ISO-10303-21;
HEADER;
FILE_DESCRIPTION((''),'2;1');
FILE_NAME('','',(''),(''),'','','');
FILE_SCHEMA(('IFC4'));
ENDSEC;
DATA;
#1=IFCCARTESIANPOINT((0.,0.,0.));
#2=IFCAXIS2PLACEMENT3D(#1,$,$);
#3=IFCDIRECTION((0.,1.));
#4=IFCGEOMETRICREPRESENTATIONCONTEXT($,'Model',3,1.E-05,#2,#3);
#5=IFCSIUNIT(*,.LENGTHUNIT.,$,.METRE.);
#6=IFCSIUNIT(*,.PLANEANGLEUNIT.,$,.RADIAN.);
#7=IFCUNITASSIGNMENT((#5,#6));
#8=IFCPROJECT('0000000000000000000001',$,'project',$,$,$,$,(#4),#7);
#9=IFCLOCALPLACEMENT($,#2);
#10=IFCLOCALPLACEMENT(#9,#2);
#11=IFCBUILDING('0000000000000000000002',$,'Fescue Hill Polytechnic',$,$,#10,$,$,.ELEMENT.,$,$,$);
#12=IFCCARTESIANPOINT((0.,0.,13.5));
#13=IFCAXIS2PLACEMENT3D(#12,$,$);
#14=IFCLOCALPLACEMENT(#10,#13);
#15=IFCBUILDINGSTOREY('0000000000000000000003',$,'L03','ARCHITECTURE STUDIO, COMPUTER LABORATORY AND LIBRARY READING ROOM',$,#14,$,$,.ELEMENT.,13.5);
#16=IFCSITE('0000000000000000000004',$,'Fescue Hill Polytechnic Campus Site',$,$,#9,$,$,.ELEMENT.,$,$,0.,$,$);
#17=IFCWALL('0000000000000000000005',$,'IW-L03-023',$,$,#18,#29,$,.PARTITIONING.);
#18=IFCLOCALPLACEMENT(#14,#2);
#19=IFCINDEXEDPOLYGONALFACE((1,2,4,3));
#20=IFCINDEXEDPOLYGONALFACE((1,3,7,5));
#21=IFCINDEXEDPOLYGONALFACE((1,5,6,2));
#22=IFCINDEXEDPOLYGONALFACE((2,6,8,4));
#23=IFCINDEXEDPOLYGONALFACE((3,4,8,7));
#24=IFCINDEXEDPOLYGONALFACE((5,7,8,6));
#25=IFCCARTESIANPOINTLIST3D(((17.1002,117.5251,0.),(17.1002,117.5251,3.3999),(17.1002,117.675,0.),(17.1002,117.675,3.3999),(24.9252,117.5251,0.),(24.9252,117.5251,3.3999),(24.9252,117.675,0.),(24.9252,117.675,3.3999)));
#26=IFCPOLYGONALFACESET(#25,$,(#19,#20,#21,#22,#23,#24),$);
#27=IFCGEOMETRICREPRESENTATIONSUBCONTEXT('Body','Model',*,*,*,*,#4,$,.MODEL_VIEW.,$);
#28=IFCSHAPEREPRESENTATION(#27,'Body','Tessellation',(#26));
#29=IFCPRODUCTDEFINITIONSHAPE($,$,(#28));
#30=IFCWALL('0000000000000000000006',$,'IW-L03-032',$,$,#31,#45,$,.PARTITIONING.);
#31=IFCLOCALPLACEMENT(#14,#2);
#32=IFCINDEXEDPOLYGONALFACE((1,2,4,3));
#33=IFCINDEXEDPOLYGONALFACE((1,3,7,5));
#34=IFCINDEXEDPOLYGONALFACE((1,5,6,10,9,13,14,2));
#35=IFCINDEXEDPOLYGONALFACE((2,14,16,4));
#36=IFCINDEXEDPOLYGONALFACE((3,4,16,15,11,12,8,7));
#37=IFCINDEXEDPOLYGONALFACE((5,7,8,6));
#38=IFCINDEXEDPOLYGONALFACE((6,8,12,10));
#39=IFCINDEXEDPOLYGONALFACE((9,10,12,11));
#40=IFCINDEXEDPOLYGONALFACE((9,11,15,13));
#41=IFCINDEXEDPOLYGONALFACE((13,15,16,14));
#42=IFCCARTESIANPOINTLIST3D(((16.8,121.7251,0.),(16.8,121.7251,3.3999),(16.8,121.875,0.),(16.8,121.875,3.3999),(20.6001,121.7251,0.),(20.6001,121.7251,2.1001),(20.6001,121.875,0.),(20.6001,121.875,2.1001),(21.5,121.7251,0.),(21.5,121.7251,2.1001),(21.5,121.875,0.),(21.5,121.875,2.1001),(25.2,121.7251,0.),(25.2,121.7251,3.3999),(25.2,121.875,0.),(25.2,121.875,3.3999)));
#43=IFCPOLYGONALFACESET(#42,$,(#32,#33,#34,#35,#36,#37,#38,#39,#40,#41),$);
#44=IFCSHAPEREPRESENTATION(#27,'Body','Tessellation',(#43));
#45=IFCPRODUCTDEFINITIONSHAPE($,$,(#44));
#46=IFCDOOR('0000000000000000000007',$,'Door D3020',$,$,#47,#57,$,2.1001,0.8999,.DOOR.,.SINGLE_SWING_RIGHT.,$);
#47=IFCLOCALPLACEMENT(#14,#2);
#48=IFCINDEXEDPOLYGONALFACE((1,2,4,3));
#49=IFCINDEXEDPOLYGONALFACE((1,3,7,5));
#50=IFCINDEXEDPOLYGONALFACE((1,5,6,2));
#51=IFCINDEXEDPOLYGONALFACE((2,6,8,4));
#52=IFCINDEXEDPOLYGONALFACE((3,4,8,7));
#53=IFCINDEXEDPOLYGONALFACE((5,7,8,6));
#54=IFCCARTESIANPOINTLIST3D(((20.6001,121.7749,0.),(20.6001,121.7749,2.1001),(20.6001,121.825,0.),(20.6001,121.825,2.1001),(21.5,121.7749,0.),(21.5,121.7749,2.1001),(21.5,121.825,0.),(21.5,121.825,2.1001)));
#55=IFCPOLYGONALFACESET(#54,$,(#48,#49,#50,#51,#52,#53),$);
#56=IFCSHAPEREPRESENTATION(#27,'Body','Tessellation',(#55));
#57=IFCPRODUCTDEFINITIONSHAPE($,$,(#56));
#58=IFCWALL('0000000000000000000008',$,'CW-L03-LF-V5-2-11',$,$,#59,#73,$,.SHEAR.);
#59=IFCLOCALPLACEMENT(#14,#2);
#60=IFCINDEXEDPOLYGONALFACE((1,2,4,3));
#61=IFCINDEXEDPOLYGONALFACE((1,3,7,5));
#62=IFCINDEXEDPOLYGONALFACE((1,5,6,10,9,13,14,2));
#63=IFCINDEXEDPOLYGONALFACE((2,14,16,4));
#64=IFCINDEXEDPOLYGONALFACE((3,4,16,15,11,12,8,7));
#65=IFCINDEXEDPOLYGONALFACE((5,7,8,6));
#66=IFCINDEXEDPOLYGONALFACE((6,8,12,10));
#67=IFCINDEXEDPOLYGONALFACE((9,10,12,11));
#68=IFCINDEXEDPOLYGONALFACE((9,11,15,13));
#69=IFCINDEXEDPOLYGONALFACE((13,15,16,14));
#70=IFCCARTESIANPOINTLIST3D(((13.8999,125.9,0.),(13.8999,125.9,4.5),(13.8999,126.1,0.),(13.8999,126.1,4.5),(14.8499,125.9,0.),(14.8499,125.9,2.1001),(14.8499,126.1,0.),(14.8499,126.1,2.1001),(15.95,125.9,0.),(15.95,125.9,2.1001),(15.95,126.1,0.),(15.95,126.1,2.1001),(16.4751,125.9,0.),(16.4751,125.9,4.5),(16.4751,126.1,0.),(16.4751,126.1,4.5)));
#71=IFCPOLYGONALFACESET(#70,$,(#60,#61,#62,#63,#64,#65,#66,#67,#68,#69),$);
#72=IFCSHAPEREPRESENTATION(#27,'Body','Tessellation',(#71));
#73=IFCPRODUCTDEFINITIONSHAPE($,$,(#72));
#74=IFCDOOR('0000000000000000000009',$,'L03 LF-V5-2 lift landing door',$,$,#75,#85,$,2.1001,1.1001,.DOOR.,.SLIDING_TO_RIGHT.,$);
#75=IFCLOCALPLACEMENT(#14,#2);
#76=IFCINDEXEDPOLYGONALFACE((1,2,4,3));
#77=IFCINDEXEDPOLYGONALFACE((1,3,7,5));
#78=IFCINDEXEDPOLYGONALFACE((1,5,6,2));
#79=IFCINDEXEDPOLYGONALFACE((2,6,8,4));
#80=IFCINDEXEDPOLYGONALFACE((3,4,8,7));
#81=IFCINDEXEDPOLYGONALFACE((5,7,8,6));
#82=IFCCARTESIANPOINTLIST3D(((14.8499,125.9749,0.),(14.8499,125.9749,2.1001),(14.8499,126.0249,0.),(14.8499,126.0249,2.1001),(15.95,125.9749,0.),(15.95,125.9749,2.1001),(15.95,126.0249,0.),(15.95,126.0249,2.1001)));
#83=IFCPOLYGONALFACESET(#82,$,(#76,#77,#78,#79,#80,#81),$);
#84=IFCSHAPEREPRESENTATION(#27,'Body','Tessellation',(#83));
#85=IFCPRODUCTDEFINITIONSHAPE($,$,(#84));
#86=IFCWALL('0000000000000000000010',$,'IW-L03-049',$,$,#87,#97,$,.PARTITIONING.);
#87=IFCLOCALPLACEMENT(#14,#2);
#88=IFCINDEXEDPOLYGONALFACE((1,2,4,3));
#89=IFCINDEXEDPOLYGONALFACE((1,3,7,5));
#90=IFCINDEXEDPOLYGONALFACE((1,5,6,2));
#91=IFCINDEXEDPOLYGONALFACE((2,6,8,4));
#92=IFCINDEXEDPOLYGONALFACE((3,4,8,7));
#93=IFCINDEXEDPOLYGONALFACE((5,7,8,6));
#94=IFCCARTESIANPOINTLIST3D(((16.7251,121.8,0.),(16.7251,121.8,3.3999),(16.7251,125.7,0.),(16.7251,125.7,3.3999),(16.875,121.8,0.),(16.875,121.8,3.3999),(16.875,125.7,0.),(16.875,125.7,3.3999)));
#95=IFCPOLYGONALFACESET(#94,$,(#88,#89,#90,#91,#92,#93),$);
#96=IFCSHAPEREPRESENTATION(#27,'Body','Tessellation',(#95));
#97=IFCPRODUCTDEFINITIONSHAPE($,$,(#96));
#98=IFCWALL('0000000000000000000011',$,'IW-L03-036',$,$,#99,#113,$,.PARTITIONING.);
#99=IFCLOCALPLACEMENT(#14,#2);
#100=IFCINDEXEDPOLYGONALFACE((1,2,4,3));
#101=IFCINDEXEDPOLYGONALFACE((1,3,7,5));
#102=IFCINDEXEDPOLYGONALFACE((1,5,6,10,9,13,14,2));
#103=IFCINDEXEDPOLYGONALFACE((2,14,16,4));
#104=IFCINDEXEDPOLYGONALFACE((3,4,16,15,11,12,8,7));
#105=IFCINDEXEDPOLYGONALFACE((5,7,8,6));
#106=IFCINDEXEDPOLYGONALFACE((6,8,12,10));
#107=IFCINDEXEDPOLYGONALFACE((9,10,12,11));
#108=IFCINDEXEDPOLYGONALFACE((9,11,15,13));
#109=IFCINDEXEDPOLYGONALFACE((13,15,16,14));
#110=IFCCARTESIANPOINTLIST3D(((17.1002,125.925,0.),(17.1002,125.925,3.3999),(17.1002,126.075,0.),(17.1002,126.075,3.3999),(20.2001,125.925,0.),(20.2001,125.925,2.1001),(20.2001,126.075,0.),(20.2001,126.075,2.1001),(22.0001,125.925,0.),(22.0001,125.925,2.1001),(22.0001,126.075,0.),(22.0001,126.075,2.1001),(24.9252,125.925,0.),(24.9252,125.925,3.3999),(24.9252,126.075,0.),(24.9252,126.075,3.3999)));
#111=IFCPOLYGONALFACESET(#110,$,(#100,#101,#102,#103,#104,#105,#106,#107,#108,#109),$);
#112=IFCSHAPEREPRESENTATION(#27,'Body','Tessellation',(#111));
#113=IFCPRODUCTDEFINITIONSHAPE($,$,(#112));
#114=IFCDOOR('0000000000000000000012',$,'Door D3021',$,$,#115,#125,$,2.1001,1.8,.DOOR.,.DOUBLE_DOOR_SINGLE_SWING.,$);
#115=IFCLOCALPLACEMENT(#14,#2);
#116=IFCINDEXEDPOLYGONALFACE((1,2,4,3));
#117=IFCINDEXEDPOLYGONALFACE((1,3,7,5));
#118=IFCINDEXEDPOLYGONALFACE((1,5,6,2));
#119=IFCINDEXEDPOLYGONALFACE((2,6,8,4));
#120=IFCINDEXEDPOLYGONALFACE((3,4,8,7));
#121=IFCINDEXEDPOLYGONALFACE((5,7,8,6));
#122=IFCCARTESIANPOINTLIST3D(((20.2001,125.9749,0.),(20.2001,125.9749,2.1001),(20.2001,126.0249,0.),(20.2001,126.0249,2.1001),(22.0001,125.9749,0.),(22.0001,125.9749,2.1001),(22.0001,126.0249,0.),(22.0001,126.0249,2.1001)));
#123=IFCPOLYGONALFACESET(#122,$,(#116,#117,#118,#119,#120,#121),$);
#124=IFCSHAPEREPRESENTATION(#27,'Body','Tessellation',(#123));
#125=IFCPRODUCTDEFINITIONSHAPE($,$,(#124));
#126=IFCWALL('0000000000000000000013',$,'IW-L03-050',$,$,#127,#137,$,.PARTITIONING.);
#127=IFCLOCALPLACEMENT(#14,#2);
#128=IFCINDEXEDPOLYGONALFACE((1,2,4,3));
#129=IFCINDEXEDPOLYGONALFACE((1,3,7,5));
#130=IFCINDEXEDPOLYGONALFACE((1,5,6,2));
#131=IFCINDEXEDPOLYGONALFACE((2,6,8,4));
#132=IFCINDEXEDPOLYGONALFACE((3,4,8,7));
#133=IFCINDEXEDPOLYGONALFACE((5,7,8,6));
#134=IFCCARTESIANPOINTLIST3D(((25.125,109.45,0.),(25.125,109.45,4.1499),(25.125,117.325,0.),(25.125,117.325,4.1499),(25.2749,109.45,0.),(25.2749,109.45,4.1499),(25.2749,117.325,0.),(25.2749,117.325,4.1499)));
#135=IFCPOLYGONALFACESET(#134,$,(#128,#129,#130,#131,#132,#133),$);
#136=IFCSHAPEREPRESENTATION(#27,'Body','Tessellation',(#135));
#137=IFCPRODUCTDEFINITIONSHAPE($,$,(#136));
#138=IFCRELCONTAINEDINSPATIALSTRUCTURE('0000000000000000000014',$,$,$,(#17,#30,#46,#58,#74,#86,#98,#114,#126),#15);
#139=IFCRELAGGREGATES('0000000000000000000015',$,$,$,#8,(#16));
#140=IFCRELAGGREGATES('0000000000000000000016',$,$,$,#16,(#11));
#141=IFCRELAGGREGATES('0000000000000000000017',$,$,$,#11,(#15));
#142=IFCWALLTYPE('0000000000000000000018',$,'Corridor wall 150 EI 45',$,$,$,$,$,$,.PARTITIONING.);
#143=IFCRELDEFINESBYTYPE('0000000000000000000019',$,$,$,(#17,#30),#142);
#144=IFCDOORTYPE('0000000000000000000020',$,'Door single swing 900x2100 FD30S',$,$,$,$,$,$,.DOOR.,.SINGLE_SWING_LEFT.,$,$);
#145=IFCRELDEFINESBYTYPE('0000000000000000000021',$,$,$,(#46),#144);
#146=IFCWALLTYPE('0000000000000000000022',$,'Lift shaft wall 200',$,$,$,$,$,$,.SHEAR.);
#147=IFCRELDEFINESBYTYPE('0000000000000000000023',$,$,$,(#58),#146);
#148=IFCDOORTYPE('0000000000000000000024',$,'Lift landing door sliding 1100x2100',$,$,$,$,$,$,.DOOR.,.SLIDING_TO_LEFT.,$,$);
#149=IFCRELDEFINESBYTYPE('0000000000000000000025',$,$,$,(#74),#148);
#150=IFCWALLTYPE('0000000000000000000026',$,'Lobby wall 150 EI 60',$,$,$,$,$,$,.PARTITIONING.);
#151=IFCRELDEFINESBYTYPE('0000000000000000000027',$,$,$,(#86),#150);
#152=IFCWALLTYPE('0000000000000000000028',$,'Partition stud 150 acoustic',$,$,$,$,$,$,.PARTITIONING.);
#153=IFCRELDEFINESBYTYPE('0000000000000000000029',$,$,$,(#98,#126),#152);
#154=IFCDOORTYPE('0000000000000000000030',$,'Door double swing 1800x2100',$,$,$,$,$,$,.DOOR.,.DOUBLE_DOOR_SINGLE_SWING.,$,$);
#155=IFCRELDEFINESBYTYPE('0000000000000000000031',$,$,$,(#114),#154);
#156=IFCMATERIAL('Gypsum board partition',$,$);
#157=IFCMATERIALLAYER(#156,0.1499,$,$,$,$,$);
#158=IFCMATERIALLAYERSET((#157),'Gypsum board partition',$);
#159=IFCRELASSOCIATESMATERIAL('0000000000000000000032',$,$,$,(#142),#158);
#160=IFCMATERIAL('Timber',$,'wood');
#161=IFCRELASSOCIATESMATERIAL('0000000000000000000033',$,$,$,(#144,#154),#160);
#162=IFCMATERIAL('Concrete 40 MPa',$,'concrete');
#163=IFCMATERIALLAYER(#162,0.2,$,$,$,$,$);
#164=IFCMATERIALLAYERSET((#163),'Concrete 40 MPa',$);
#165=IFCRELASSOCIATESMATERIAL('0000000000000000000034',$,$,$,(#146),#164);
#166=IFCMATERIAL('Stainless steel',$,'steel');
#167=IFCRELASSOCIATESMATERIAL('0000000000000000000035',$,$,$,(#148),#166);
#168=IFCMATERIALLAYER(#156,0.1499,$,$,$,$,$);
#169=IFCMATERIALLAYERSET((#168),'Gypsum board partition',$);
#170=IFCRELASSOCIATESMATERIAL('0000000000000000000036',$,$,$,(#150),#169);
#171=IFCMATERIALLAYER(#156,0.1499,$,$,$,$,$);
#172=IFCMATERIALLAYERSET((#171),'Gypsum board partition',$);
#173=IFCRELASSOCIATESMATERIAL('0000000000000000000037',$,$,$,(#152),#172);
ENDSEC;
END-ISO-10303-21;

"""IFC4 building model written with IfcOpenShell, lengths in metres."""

from ifc_helpers import new_model, si_unit, direction, frame, frame_2d, origin, place, context, subcontext, project, spatial, rectangle, extrude, material, layer, layer_set, type_object, element, fill, save


model = new_model("IFC4")

# Units and contexts
model_context = context("Model", 3, precision=1e-05, world=origin(), true_north=direction((0.0, 1.0)))
body_context = subcontext(model_context, "Body", "Model", "MODEL_VIEW")
ifc_project = project(units=[si_unit("LENGTHUNIT", "METRE"), si_unit("PLANEANGLEUNIT", "RADIAN")], contexts=[model_context])

# Site, building, storey
site_placement = place(None, origin())
site = spatial("IfcSite", under=ifc_project, at=site_placement, Name="Fescue Hill Polytechnic Campus Site", CompositionType="ELEMENT", RefElevation=0.0)
building_placement = place(site_placement, origin())
building = spatial("IfcBuilding", under=site, at=building_placement, Name="Fescue Hill Polytechnic", CompositionType="ELEMENT")
storey_placement = place(building_placement, frame((0.0, 0.0, 13.5)))
storey = spatial("IfcBuildingStorey", under=building, at=storey_placement, Name="L03", Description="ARCHITECTURE STUDIO, COMPUTER LABORATORY AND LIBRARY READING ROOM", CompositionType="ELEMENT", Elevation=13.5)

# Shared definitions
ifc_material_1 = material(Name="Concrete 40 MPa", Category="concrete")

# Shared definitions
ifc_material_2 = material(Name="Gypsum board partition")
ifc_layer_1 = layer(ifc_material_2, 0.1499)
ifc_layer_set_1 = layer_set([ifc_layer_1], Name="Gypsum board partition")
wall_type_1 = type_object("IfcWallType", Name="Corridor wall 150 EI 45", PredefinedType="PARTITIONING", material=ifc_layer_set_1)
ifc_material_3 = material(Name="Timber", Category="wood")
door_type_1 = type_object("IfcDoorType", Name="Door single swing 900x2100 FD30S", OperationType="SINGLE_SWING_LEFT", PredefinedType="DOOR", material=ifc_material_3)

# Wall
wall_1_placement = place(storey_placement, frame((17.1001, 117.6001, 0.0), z_axis=(0.0, 0.0, 1.0), x_axis=(1.0, 0.0, 0.0)))
element("IfcWall", 1, at=wall_1_placement, inside=storey, type_object=wall_type_1, Name="IW-L03-023", PredefinedType="PARTITIONING", context=body_context, shape_type="SweptSolid", body=[
    extrude(rectangle(XDim=7.825, YDim=0.1499, at=frame_2d((3.9126, 0.0))), origin(), (0.0, 0.0, 1.0), 3.3999),
])

# Walls, openings, doors
wall_2_placement = place(storey_placement, frame((16.8, 121.8, 0.0), z_axis=(0.0, 0.0, 1.0), x_axis=(1.0, 0.0, 0.0)))
wall_2 = element("IfcWall", 2, at=wall_2_placement, inside=storey, type_object=wall_type_1, Name="IW-L03-032", PredefinedType="PARTITIONING", context=body_context, shape_type="SweptSolid", body=[
    extrude(rectangle(XDim=8.3999, YDim=0.1499, at=frame_2d((4.2, 0.0))), origin(), (0.0, 0.0, 1.0), 3.3999),
])
opening_1_placement = place(wall_2_placement, frame((3.8, 0.0, 0.0)))
opening_1 = element("IfcOpeningElement", 3, at=opening_1_placement, cuts=wall_2, PredefinedType="OPENING", context=body_context, shape_type="SweptSolid", body=[
    extrude(rectangle(XDim=0.8999, YDim=2.1001, at=frame_2d((0.45, 1.05))), frame((0.0, 0.085, 0.0), z_axis=(0.0, -1.0, 0.0), x_axis=(1.0, 0.0, 0.0)), (0.0, 0.0, 1.0), 0.1699),
])
door_1_placement = place(opening_1_placement, origin())
door_1 = element("IfcDoor", 4, at=door_1_placement, inside=storey, type_object=door_type_1, Name="Door D3020", OperationType="SINGLE_SWING_RIGHT", OverallHeight=2.1001, OverallWidth=0.8999, PredefinedType="DOOR", context=body_context, shape_type="SweptSolid", body=[
    extrude(rectangle(XDim=0.8999, YDim=2.1001, at=frame_2d((0.45, 1.05))), frame((0.0, 0.0249, 0.0), z_axis=(0.0, -1.0, 0.0), x_axis=(1.0, 0.0, 0.0)), (0.0, 0.0, 1.0), 0.05),
])
fill(opening_1, door_1)
ifc_layer_2 = layer(ifc_material_1, 0.2)
ifc_layer_set_2 = layer_set([ifc_layer_2], Name="Concrete 40 MPa")
wall_type_2 = type_object("IfcWallType", Name="Lift shaft wall 200", PredefinedType="SHEAR", material=ifc_layer_set_2)
wall_3_placement = place(storey_placement, frame((13.8999, 126.0, 0.0), z_axis=(0.0, 0.0, 1.0), x_axis=(1.0, 0.0, 0.0)))
wall_3 = element("IfcWall", 5, at=wall_3_placement, inside=storey, type_object=wall_type_2, Name="CW-L03-LF-V5-2-11", PredefinedType="SHEAR", context=body_context, shape_type="SweptSolid", body=[
    extrude(rectangle(XDim=2.5752, YDim=0.2, at=frame_2d((1.2876, 0.0))), origin(), (0.0, 0.0, 1.0), 4.5),
])
opening_2_placement = place(wall_3_placement, frame((0.95, 0.0, 0.0)))
opening_2 = element("IfcOpeningElement", 6, at=opening_2_placement, cuts=wall_3, PredefinedType="OPENING", context=body_context, shape_type="SweptSolid", body=[
    extrude(rectangle(XDim=1.1001, YDim=2.1001, at=frame_2d((0.55, 1.05))), frame((0.0, 0.1099, 0.0), z_axis=(0.0, -1.0, 0.0), x_axis=(1.0, 0.0, 0.0)), (0.0, 0.0, 1.0), 0.22),
])
ifc_material_4 = material(Name="Stainless steel", Category="steel")
door_type_2 = type_object("IfcDoorType", Name="Lift landing door sliding 1100x2100", OperationType="SLIDING_TO_LEFT", PredefinedType="DOOR", material=ifc_material_4)
door_2_placement = place(opening_2_placement, origin())
door_2 = element("IfcDoor", 7, at=door_2_placement, inside=storey, type_object=door_type_2, Name="L03 LF-V5-2 lift landing door", OperationType="SLIDING_TO_RIGHT", OverallHeight=2.1001, OverallWidth=1.1001, PredefinedType="DOOR", context=body_context, shape_type="SweptSolid", body=[
    extrude(rectangle(XDim=1.1001, YDim=2.1001, at=frame_2d((0.55, 1.05))), frame((0.0, 0.0249, 0.0), z_axis=(0.0, -1.0, 0.0), x_axis=(1.0, 0.0, 0.0)), (0.0, 0.0, 1.0), 0.05),
])
fill(opening_2, door_2)

# Wall
ifc_layer_3 = layer(ifc_material_2, 0.1499)
ifc_layer_set_3 = layer_set([ifc_layer_3], Name="Gypsum board partition")
wall_type_3 = type_object("IfcWallType", Name="Lobby wall 150 EI 60", PredefinedType="PARTITIONING", material=ifc_layer_set_3)
wall_4_placement = place(storey_placement, frame((16.8, 121.8, 0.0), z_axis=(0.0, 0.0, 1.0), x_axis=(0.0, 1.0, 0.0)))
element("IfcWall", 8, at=wall_4_placement, inside=storey, type_object=wall_type_3, Name="IW-L03-049", PredefinedType="PARTITIONING", context=body_context, shape_type="SweptSolid", body=[
    extrude(rectangle(XDim=3.8999, YDim=0.1499, at=frame_2d((1.95, 0.0))), origin(), (0.0, 0.0, 1.0), 3.3999),
])

# Wall, opening, door
ifc_layer_4 = layer(ifc_material_2, 0.1499)
ifc_layer_set_4 = layer_set([ifc_layer_4], Name="Gypsum board partition")
wall_type_4 = type_object("IfcWallType", Name="Partition stud 150 acoustic", PredefinedType="PARTITIONING", material=ifc_layer_set_4)
wall_5_placement = place(storey_placement, frame((17.1001, 126.0, 0.0), z_axis=(0.0, 0.0, 1.0), x_axis=(1.0, 0.0, 0.0)))
wall_5 = element("IfcWall", 9, at=wall_5_placement, inside=storey, type_object=wall_type_4, Name="IW-L03-036", PredefinedType="PARTITIONING", context=body_context, shape_type="SweptSolid", body=[
    extrude(rectangle(XDim=7.825, YDim=0.1499, at=frame_2d((3.9126, 0.0))), origin(), (0.0, 0.0, 1.0), 3.3999),
])
opening_3_placement = place(wall_5_placement, frame((3.1001, 0.0, 0.0)))
opening_3 = element("IfcOpeningElement", 10, at=opening_3_placement, cuts=wall_5, PredefinedType="OPENING", context=body_context, shape_type="SweptSolid", body=[
    extrude(rectangle(XDim=1.8, YDim=2.1001, at=frame_2d((0.8999, 1.05))), frame((0.0, 0.085, 0.0), z_axis=(0.0, -1.0, 0.0), x_axis=(1.0, 0.0, 0.0)), (0.0, 0.0, 1.0), 0.1699),
])
door_type_3 = type_object("IfcDoorType", Name="Door double swing 1800x2100", OperationType="DOUBLE_DOOR_SINGLE_SWING", PredefinedType="DOOR", material=ifc_material_3)
door_3_placement = place(opening_3_placement, origin())
door_3 = element("IfcDoor", 11, at=door_3_placement, inside=storey, type_object=door_type_3, Name="Door D3021", OperationType="DOUBLE_DOOR_SINGLE_SWING", OverallHeight=2.1001, OverallWidth=1.8, PredefinedType="DOOR", context=body_context, shape_type="SweptSolid", body=[
    extrude(rectangle(XDim=1.8, YDim=2.1001, at=frame_2d((0.8999, 1.05))), frame((0.0, 0.0249, 0.0), z_axis=(0.0, -1.0, 0.0), x_axis=(1.0, 0.0, 0.0)), (0.0, 0.0, 1.0), 0.05),
])
fill(opening_3, door_3)

# Wall
wall_6_placement = place(storey_placement, frame((25.2, 109.45, 0.0), z_axis=(0.0, 0.0, 1.0), x_axis=(0.0, 1.0, 0.0)))
element("IfcWall", 12, at=wall_6_placement, inside=storey, type_object=wall_type_4, Name="IW-L03-050", PredefinedType="PARTITIONING", context=body_context, shape_type="SweptSolid", body=[
    extrude(rectangle(XDim=7.875, YDim=0.1499, at=frame_2d((3.9375, 0.0))), origin(), (0.0, 0.0, 1.0), 4.1499),
])

save(model, "model.ifc")
